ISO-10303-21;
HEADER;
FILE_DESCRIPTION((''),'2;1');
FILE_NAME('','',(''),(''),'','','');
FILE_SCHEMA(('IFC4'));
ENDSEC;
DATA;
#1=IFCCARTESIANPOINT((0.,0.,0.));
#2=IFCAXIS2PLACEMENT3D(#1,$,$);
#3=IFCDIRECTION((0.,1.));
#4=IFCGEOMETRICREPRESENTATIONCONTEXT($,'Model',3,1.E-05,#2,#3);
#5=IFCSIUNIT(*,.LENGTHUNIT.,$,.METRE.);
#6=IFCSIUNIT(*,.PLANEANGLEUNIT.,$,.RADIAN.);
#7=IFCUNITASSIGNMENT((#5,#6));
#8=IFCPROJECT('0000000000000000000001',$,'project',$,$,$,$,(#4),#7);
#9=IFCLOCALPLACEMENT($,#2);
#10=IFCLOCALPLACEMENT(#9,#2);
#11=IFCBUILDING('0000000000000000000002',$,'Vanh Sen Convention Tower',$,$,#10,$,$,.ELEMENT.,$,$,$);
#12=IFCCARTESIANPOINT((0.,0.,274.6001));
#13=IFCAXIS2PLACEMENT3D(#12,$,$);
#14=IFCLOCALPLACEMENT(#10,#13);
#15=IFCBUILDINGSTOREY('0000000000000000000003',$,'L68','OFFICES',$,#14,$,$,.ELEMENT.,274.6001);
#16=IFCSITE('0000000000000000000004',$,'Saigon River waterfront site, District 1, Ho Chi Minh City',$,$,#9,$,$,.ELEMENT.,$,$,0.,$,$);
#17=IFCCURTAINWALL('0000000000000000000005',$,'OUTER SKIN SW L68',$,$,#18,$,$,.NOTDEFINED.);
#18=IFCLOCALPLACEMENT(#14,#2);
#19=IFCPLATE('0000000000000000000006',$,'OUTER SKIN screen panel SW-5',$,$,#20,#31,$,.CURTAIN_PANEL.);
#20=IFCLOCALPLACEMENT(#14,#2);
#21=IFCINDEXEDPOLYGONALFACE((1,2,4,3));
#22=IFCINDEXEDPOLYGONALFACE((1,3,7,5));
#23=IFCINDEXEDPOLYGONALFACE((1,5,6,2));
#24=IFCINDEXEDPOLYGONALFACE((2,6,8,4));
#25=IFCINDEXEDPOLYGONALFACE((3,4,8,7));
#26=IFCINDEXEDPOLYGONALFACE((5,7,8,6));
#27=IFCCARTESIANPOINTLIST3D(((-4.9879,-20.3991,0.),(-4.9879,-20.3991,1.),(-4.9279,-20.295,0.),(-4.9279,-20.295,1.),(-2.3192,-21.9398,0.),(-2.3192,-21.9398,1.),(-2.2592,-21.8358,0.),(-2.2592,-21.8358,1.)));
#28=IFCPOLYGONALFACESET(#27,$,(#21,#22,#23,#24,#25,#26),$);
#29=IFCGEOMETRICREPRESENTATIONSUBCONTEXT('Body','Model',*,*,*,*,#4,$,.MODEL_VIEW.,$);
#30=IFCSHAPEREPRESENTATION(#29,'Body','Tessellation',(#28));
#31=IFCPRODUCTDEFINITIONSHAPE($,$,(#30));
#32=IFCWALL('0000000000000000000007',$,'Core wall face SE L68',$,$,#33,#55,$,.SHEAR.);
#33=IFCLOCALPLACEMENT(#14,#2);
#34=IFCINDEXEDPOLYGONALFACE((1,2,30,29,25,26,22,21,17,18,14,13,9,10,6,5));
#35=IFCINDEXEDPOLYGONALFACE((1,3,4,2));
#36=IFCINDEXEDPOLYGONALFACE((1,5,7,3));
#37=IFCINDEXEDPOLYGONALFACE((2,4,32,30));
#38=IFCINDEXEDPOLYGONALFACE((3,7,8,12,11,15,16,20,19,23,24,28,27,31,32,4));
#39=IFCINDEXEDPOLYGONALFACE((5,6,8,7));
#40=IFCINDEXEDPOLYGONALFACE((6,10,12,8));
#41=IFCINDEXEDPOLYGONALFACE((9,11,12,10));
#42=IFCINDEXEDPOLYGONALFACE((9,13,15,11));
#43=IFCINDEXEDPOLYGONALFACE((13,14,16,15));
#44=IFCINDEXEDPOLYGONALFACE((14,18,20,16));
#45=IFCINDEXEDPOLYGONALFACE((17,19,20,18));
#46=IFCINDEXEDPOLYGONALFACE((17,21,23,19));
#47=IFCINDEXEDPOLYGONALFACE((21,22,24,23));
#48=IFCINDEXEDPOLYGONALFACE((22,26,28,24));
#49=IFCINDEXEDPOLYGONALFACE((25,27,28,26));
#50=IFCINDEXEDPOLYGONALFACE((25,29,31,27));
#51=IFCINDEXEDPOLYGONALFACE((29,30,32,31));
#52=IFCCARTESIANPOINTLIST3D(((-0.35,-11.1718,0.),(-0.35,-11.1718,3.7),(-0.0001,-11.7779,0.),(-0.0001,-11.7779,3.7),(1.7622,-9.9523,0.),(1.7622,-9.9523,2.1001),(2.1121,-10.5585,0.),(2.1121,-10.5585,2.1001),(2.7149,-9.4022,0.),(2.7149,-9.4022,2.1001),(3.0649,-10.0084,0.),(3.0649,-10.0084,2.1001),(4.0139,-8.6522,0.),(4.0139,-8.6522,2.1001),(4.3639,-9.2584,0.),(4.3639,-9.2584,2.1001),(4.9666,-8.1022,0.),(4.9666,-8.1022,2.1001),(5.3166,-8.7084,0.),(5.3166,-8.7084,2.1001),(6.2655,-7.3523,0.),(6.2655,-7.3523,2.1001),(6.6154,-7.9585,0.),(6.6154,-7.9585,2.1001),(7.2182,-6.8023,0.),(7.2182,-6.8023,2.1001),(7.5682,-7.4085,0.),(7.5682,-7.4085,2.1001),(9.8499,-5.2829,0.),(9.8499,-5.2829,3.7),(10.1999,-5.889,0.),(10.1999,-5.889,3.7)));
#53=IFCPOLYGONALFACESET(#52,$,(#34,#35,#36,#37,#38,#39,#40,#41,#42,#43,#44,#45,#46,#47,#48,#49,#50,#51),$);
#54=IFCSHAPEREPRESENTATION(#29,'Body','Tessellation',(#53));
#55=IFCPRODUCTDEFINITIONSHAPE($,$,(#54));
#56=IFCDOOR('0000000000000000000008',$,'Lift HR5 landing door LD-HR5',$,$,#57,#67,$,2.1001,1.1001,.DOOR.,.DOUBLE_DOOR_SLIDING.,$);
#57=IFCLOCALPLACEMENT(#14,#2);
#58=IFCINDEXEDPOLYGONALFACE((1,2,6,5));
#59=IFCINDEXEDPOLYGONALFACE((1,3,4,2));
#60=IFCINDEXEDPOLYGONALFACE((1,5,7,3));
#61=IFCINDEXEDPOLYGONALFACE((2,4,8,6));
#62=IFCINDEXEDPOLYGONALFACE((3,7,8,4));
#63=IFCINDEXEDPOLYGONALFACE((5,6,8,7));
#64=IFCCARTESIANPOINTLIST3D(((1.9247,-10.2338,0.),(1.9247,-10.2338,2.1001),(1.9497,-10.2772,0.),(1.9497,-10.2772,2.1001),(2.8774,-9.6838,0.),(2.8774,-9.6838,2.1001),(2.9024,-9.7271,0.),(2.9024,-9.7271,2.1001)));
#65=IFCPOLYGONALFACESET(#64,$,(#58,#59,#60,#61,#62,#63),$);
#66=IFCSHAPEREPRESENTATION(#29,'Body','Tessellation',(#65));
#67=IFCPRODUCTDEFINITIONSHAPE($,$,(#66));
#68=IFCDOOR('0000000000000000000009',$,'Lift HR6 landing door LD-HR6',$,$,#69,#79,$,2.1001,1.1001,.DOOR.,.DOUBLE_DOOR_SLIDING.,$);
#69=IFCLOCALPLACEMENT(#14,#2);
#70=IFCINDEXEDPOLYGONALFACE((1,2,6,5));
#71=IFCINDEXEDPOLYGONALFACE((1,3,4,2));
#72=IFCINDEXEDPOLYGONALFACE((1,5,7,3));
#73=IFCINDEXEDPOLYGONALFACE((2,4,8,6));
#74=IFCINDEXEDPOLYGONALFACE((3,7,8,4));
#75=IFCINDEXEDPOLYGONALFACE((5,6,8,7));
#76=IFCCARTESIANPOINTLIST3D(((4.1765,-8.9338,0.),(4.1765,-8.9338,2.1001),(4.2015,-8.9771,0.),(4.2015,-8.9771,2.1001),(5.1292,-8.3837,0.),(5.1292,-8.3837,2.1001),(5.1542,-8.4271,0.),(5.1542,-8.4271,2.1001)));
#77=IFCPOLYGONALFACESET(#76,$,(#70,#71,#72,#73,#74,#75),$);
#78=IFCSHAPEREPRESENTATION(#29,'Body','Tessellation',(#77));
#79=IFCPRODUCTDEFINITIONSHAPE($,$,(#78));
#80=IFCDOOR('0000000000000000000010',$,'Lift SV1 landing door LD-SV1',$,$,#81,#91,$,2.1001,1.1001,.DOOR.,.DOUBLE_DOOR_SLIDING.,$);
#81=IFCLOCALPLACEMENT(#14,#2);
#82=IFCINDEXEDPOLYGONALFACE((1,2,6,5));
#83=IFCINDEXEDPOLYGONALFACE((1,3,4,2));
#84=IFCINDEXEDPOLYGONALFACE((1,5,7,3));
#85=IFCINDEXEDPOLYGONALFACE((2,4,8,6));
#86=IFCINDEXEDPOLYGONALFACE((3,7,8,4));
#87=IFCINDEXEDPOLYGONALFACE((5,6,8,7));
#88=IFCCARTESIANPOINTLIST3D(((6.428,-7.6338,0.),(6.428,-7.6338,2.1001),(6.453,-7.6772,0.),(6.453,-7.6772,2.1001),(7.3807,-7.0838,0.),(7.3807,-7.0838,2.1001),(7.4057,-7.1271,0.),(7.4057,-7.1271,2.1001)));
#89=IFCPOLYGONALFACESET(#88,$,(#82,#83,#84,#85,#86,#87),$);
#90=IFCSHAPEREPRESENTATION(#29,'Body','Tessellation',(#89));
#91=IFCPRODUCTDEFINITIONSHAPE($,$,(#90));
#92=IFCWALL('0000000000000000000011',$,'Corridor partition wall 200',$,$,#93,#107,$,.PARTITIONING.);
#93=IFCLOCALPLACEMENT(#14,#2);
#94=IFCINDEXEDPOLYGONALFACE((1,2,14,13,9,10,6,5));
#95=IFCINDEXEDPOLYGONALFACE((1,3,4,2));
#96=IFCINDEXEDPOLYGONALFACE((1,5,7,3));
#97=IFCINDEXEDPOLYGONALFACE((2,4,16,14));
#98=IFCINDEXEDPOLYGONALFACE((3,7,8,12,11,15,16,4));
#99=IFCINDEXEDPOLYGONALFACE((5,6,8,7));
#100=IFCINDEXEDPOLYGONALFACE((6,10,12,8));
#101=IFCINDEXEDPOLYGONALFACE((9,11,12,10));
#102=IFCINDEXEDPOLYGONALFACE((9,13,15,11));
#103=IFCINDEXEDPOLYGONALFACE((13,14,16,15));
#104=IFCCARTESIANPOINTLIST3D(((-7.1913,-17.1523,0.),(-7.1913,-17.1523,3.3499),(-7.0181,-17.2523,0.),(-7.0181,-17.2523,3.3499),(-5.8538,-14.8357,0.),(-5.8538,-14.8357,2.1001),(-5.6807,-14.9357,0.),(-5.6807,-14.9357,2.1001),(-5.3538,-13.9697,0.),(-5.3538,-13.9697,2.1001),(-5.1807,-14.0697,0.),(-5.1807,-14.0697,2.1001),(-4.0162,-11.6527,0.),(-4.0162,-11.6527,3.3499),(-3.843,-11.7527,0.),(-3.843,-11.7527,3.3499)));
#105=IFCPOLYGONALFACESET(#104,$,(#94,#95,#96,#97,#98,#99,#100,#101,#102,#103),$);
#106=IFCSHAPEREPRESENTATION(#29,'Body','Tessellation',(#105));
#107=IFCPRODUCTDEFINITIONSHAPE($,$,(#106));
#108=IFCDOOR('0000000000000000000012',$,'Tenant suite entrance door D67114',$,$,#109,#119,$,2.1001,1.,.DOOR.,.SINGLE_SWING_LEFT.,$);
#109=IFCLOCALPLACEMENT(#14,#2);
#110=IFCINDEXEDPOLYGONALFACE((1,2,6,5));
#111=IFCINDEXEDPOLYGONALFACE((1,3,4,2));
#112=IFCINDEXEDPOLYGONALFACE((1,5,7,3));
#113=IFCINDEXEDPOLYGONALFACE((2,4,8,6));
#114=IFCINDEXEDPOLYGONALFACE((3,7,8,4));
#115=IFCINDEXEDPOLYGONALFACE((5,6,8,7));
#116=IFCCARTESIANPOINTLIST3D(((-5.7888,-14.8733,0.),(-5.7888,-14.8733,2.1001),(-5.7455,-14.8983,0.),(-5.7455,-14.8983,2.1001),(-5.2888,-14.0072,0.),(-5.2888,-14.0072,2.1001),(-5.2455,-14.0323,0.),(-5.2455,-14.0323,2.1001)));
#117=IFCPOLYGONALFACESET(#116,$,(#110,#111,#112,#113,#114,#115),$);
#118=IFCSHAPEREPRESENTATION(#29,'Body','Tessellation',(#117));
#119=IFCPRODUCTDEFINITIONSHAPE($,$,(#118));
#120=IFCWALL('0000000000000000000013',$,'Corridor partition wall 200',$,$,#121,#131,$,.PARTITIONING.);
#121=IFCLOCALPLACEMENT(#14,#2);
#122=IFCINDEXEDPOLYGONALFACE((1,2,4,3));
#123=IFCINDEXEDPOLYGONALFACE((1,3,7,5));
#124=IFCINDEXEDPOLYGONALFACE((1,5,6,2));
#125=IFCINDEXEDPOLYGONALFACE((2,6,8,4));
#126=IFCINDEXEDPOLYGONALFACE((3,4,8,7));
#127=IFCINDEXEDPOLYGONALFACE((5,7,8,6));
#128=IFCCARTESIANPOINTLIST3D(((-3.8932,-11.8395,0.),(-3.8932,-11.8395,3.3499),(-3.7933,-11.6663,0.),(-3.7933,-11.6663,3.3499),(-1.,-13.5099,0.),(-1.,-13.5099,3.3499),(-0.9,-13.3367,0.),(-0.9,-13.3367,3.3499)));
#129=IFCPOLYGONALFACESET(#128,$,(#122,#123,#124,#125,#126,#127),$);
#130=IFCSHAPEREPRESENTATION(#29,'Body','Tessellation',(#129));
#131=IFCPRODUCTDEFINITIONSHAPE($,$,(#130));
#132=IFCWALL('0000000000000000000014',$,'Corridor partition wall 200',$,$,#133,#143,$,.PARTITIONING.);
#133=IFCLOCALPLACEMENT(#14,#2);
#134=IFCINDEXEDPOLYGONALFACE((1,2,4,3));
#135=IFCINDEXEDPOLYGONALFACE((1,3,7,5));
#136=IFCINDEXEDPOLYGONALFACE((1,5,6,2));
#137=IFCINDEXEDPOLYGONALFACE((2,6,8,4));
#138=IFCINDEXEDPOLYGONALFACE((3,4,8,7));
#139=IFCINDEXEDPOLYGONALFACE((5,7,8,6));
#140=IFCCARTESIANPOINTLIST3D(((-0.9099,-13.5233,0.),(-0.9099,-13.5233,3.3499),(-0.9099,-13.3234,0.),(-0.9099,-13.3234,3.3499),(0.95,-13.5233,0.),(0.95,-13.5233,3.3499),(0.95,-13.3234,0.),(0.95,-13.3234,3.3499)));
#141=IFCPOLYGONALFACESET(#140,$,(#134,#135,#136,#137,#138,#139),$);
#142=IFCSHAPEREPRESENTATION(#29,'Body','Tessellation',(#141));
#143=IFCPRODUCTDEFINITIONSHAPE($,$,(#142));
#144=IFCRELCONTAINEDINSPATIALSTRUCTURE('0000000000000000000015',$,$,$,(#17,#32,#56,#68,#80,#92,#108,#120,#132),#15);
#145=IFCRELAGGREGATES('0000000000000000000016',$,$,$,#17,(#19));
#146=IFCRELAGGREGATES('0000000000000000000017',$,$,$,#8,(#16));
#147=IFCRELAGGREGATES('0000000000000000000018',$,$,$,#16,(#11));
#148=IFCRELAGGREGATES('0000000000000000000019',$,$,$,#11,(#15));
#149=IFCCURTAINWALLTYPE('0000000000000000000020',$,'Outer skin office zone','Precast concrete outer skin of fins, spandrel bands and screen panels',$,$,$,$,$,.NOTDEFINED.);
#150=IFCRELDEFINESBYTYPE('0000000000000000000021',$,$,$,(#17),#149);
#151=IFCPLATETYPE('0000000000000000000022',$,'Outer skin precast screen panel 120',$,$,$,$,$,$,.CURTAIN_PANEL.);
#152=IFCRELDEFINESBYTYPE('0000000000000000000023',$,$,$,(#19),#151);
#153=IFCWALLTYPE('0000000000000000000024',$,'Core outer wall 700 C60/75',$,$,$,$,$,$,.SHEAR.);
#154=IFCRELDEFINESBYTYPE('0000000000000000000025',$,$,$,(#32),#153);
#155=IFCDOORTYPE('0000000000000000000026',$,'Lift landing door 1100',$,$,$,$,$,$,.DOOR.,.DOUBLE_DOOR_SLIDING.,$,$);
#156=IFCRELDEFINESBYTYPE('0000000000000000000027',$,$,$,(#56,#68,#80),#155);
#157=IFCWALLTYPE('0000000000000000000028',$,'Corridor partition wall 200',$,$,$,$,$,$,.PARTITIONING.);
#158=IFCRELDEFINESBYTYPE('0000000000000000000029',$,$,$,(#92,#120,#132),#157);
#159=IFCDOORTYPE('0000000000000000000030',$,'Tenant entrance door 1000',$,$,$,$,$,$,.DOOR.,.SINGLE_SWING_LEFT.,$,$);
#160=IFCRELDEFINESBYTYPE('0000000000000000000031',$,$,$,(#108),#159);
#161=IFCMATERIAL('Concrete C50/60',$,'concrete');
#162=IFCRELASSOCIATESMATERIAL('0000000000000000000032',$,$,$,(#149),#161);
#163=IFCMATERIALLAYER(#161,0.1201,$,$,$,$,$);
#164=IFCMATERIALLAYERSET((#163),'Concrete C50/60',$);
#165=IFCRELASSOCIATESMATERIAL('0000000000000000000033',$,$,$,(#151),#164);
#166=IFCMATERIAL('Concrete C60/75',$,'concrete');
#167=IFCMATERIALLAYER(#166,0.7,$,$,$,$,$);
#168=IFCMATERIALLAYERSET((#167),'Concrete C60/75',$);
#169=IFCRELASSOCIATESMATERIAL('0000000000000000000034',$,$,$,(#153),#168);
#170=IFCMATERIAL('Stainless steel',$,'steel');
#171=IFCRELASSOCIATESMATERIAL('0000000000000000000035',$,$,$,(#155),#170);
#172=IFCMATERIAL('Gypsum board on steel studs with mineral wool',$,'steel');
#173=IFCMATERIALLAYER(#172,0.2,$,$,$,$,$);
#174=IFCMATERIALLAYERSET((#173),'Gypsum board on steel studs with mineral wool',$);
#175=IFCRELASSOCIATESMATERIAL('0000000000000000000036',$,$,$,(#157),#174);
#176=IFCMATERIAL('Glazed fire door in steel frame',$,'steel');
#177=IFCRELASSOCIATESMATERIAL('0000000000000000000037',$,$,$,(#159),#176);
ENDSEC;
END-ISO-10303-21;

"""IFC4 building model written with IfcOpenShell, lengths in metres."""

from ifc_helpers import new_model, si_unit, direction, frame, frame_2d, origin, origin_2d, place, context, subcontext, project, spatial, rectangle, extrude, material, layer, layer_set, type_object, element, fill, aggregate, save


model = new_model("IFC4")

# Units and contexts
model_context = context("Model", 3, precision=1e-05, world=origin(), true_north=direction((0.0, 1.0)))
body_context = subcontext(model_context, "Body", "Model", "MODEL_VIEW")
ifc_project = project(units=[si_unit("LENGTHUNIT", "METRE"), si_unit("PLANEANGLEUNIT", "RADIAN")], contexts=[model_context])

# Site, building, storey
site_placement = place(None, origin())
site = spatial("IfcSite", under=ifc_project, at=site_placement, Name="Saigon River waterfront site, District 1, Ho Chi Minh City", CompositionType="ELEMENT", RefElevation=0.0)
building_placement = place(site_placement, origin())
building = spatial("IfcBuilding", under=site, at=building_placement, Name="Vanh Sen Convention Tower", CompositionType="ELEMENT")
storey_placement = place(building_placement, frame((0.0, 0.0, 274.6001)))
storey = spatial("IfcBuildingStorey", under=building, at=storey_placement, Name="L68", Description="OFFICES", CompositionType="ELEMENT", Elevation=274.6001)

# Shared definitions
ifc_material_1 = material(Name="Concrete C60/75", Category="concrete")

# Curtain wall
ifc_material_2 = material(Name="Concrete C50/60", Category="concrete")
curtain_wall_type = type_object("IfcCurtainWallType", Name="Outer skin office zone", Description="Precast concrete outer skin of fins, spandrel bands and screen panels", PredefinedType="NOTDEFINED", material=ifc_material_2)
curtain_wall_1_placement = place(storey_placement, origin())
curtain_wall_1 = element("IfcCurtainWall", 1, at=curtain_wall_1_placement, inside=storey, type_object=curtain_wall_type, Name="OUTER SKIN SW L68", PredefinedType="NOTDEFINED")

# Plate
ifc_layer_1 = layer(ifc_material_2, 0.1201)
ifc_layer_set_1 = layer_set([ifc_layer_1], Name="Concrete C50/60")
plate_type = type_object("IfcPlateType", Name="Outer skin precast screen panel 120", PredefinedType="CURTAIN_PANEL", material=ifc_layer_set_1)
plate_1_placement = place(storey_placement, frame((-3.6235, -21.1174, 0.0), z_axis=(0.0, 0.0, 1.0), x_axis=(0.866029, -0.499994, 0.0)))
plate_1 = element("IfcPlate", 2, at=plate_1_placement, type_object=plate_type, Name="OUTER SKIN screen panel SW-5", PredefinedType="CURTAIN_PANEL", context=body_context, shape_type="SweptSolid", body=[
    extrude(rectangle(XDim=3.0815, YDim=0.1201, at=origin_2d()), origin(), (0.0, 0.0, 1.0), 1.0),
])
aggregate(curtain_wall_1, [plate_1])

# Wall, openings, doors
ifc_layer_2 = layer(ifc_material_1, 0.7)
ifc_layer_set_2 = layer_set([ifc_layer_2], Name="Concrete C60/75")
wall_type_1 = type_object("IfcWallType", Name="Core outer wall 700 C60/75", PredefinedType="SHEAR", material=ifc_layer_set_2)
wall_1_placement = place(storey_placement, frame((-0.175, -11.4749, 0.0), z_axis=(0.0, 0.0, 1.0), x_axis=(0.866026, 0.499998, 0.0)))
wall_1 = element("IfcWall", 3, at=wall_1_placement, inside=storey, type_object=wall_type_1, Name="Core wall face SE L68", PredefinedType="SHEAR", context=body_context, shape_type="SweptSolid", body=[
    extrude(rectangle(XDim=11.7778, YDim=0.7, at=frame_2d((5.8889, 0.0))), origin(), (0.0, 0.0, 1.0), 3.7),
])
opening_1_placement = place(wall_1_placement, frame((2.439, 0.0, 0.0)))
opening_1 = element("IfcOpeningElement", 4, at=opening_1_placement, cuts=wall_1, PredefinedType="OPENING", context=body_context, shape_type="SweptSolid", body=[
    extrude(rectangle(XDim=1.1001, YDim=2.1001, at=frame_2d((0.55, 1.05))), frame((0.0, 0.3599, 0.0), z_axis=(0.0, -1.0, 0.0), x_axis=(1.0, 0.0, 0.0)), (0.0, 0.0, 1.0), 0.72),
])
opening_2_placement = place(wall_1_placement, frame((5.0391, 0.0, 0.0)))
opening_2 = element("IfcOpeningElement", 5, at=opening_2_placement, cuts=wall_1, PredefinedType="OPENING", context=body_context, shape_type="SweptSolid", body=[
    extrude(rectangle(XDim=1.1001, YDim=2.1001, at=frame_2d((0.55, 1.05))), frame((0.0, 0.3599, 0.0), z_axis=(0.0, -1.0, 0.0), x_axis=(1.0, 0.0, 0.0)), (0.0, 0.0, 1.0), 0.72),
])
opening_3_placement = place(wall_1_placement, frame((7.6389, 0.0, 0.0)))
opening_3 = element("IfcOpeningElement", 6, at=opening_3_placement, cuts=wall_1, PredefinedType="OPENING", context=body_context, shape_type="SweptSolid", body=[
    extrude(rectangle(XDim=1.1001, YDim=2.1001, at=frame_2d((0.55, 1.05))), frame((0.0, 0.3599, 0.0), z_axis=(0.0, -1.0, 0.0), x_axis=(1.0, 0.0, 0.0)), (0.0, 0.0, 1.0), 0.72),
])
ifc_material_3 = material(Name="Stainless steel", Category="steel")
door_type_1 = type_object("IfcDoorType", Name="Lift landing door 1100", OperationType="DOUBLE_DOOR_SLIDING", PredefinedType="DOOR", material=ifc_material_3)
door_1_placement = place(opening_1_placement, origin())
door_1 = element("IfcDoor", 7, at=door_1_placement, inside=storey, type_object=door_type_1, Name="Lift HR5 landing door LD-HR5", OperationType="DOUBLE_DOOR_SLIDING", OverallHeight=2.1001, OverallWidth=1.1001, PredefinedType="DOOR", context=body_context, shape_type="SweptSolid", body=[
    extrude(rectangle(XDim=1.1001, YDim=2.1001, at=frame_2d((0.55, 1.05))), frame((0.0, 0.0249, 0.0), z_axis=(0.0, -1.0, 0.0), x_axis=(1.0, 0.0, 0.0)), (0.0, 0.0, 1.0), 0.05),
])
fill(opening_1, door_1)
door_2_placement = place(opening_2_placement, origin())
door_2 = element("IfcDoor", 8, at=door_2_placement, inside=storey, type_object=door_type_1, Name="Lift HR6 landing door LD-HR6", OperationType="DOUBLE_DOOR_SLIDING", OverallHeight=2.1001, OverallWidth=1.1001, PredefinedType="DOOR", context=body_context, shape_type="SweptSolid", body=[
    extrude(rectangle(XDim=1.1001, YDim=2.1001, at=frame_2d((0.55, 1.05))), frame((0.0, 0.0249, 0.0), z_axis=(0.0, -1.0, 0.0), x_axis=(1.0, 0.0, 0.0)), (0.0, 0.0, 1.0), 0.05),
])
fill(opening_2, door_2)
door_3_placement = place(opening_3_placement, origin())
door_3 = element("IfcDoor", 9, at=door_3_placement, inside=storey, type_object=door_type_1, Name="Lift SV1 landing door LD-SV1", OperationType="DOUBLE_DOOR_SLIDING", OverallHeight=2.1001, OverallWidth=1.1001, PredefinedType="DOOR", context=body_context, shape_type="SweptSolid", body=[
    extrude(rectangle(XDim=1.1001, YDim=2.1001, at=frame_2d((0.55, 1.05))), frame((0.0, 0.0249, 0.0), z_axis=(0.0, -1.0, 0.0), x_axis=(1.0, 0.0, 0.0)), (0.0, 0.0, 1.0), 0.05),
])
fill(opening_3, door_3)

# Wall, opening, door
ifc_material_4 = material(Name="Gypsum board on steel studs with mineral wool", Category="steel")
ifc_layer_3 = layer(ifc_material_4, 0.2)
ifc_layer_set_3 = layer_set([ifc_layer_3], Name="Gypsum board on steel studs with mineral wool")
wall_type_2 = type_object("IfcWallType", Name="Corridor partition wall 200", PredefinedType="PARTITIONING", material=ifc_layer_set_3)
wall_2_placement = place(storey_placement, frame((-7.1047, -17.2024, 0.0), z_axis=(0.0, 0.0, 1.0), x_axis=(0.499989, 0.866032, 0.0)))
wall_2 = element("IfcWall", 10, at=wall_2_placement, inside=storey, type_object=wall_type_2, Name="Corridor partition wall 200", PredefinedType="PARTITIONING", context=body_context, shape_type="SweptSolid", body=[
    extrude(rectangle(XDim=6.3503, YDim=0.2, at=frame_2d((3.1753, 0.0))), origin(), (0.0, 0.0, 1.0), 3.3499),
])
opening_4_placement = place(wall_2_placement, frame((2.675, 0.0, 0.0)))
opening_4 = element("IfcOpeningElement", 11, at=opening_4_placement, cuts=wall_2, PredefinedType="OPENING", context=body_context, shape_type="SweptSolid", body=[
    extrude(rectangle(XDim=1.0, YDim=2.1001, at=frame_2d((0.5, 1.05))), frame((0.0, 0.1099, 0.0), z_axis=(0.0, -1.0, 0.0), x_axis=(1.0, 0.0, 0.0)), (0.0, 0.0, 1.0), 0.22),
])
ifc_material_5 = material(Name="Glazed fire door in steel frame", Category="steel")
door_type_2 = type_object("IfcDoorType", Name="Tenant entrance door 1000", OperationType="SINGLE_SWING_LEFT", PredefinedType="DOOR", material=ifc_material_5)
door_4_placement = place(opening_4_placement, origin())
door_4 = element("IfcDoor", 12, at=door_4_placement, inside=storey, type_object=door_type_2, Name="Tenant suite entrance door D67114", OperationType="SINGLE_SWING_LEFT", OverallHeight=2.1001, OverallWidth=1.0, PredefinedType="DOOR", context=body_context, shape_type="SweptSolid", body=[
    extrude(rectangle(XDim=1.0, YDim=2.1001, at=frame_2d((0.5, 1.05))), frame((0.0, 0.0249, 0.0), z_axis=(0.0, -1.0, 0.0), x_axis=(1.0, 0.0, 0.0)), (0.0, 0.0, 1.0), 0.05),
])
fill(opening_4, door_4)

# Walls
wall_3_placement = place(storey_placement, frame((-3.8433, -11.7529, 0.0), z_axis=(0.0, 0.0, 1.0), x_axis=(0.866031, -0.49999, 0.0)))
element("IfcWall", 13, at=wall_3_placement, inside=storey, type_object=wall_type_2, Name="Corridor partition wall 200", PredefinedType="PARTITIONING", context=body_context, shape_type="SweptSolid", body=[
    extrude(rectangle(XDim=3.3408, YDim=0.2, at=frame_2d((1.6704, 0.0))), origin(), (0.0, 0.0, 1.0), 3.3499),
])
wall_4_placement = place(storey_placement, frame((-0.9099, -13.4233, 0.0), z_axis=(0.0, 0.0, 1.0), x_axis=(1.0, 0.0, 0.0)))
element("IfcWall", 14, at=wall_4_placement, inside=storey, type_object=wall_type_2, Name="Corridor partition wall 200", PredefinedType="PARTITIONING", context=body_context, shape_type="SweptSolid", body=[
    extrude(rectangle(XDim=1.8599, YDim=0.2, at=frame_2d((0.9299, 0.0))), origin(), (0.0, 0.0, 1.0), 3.3499),
])

save(model, "model.ifc")
